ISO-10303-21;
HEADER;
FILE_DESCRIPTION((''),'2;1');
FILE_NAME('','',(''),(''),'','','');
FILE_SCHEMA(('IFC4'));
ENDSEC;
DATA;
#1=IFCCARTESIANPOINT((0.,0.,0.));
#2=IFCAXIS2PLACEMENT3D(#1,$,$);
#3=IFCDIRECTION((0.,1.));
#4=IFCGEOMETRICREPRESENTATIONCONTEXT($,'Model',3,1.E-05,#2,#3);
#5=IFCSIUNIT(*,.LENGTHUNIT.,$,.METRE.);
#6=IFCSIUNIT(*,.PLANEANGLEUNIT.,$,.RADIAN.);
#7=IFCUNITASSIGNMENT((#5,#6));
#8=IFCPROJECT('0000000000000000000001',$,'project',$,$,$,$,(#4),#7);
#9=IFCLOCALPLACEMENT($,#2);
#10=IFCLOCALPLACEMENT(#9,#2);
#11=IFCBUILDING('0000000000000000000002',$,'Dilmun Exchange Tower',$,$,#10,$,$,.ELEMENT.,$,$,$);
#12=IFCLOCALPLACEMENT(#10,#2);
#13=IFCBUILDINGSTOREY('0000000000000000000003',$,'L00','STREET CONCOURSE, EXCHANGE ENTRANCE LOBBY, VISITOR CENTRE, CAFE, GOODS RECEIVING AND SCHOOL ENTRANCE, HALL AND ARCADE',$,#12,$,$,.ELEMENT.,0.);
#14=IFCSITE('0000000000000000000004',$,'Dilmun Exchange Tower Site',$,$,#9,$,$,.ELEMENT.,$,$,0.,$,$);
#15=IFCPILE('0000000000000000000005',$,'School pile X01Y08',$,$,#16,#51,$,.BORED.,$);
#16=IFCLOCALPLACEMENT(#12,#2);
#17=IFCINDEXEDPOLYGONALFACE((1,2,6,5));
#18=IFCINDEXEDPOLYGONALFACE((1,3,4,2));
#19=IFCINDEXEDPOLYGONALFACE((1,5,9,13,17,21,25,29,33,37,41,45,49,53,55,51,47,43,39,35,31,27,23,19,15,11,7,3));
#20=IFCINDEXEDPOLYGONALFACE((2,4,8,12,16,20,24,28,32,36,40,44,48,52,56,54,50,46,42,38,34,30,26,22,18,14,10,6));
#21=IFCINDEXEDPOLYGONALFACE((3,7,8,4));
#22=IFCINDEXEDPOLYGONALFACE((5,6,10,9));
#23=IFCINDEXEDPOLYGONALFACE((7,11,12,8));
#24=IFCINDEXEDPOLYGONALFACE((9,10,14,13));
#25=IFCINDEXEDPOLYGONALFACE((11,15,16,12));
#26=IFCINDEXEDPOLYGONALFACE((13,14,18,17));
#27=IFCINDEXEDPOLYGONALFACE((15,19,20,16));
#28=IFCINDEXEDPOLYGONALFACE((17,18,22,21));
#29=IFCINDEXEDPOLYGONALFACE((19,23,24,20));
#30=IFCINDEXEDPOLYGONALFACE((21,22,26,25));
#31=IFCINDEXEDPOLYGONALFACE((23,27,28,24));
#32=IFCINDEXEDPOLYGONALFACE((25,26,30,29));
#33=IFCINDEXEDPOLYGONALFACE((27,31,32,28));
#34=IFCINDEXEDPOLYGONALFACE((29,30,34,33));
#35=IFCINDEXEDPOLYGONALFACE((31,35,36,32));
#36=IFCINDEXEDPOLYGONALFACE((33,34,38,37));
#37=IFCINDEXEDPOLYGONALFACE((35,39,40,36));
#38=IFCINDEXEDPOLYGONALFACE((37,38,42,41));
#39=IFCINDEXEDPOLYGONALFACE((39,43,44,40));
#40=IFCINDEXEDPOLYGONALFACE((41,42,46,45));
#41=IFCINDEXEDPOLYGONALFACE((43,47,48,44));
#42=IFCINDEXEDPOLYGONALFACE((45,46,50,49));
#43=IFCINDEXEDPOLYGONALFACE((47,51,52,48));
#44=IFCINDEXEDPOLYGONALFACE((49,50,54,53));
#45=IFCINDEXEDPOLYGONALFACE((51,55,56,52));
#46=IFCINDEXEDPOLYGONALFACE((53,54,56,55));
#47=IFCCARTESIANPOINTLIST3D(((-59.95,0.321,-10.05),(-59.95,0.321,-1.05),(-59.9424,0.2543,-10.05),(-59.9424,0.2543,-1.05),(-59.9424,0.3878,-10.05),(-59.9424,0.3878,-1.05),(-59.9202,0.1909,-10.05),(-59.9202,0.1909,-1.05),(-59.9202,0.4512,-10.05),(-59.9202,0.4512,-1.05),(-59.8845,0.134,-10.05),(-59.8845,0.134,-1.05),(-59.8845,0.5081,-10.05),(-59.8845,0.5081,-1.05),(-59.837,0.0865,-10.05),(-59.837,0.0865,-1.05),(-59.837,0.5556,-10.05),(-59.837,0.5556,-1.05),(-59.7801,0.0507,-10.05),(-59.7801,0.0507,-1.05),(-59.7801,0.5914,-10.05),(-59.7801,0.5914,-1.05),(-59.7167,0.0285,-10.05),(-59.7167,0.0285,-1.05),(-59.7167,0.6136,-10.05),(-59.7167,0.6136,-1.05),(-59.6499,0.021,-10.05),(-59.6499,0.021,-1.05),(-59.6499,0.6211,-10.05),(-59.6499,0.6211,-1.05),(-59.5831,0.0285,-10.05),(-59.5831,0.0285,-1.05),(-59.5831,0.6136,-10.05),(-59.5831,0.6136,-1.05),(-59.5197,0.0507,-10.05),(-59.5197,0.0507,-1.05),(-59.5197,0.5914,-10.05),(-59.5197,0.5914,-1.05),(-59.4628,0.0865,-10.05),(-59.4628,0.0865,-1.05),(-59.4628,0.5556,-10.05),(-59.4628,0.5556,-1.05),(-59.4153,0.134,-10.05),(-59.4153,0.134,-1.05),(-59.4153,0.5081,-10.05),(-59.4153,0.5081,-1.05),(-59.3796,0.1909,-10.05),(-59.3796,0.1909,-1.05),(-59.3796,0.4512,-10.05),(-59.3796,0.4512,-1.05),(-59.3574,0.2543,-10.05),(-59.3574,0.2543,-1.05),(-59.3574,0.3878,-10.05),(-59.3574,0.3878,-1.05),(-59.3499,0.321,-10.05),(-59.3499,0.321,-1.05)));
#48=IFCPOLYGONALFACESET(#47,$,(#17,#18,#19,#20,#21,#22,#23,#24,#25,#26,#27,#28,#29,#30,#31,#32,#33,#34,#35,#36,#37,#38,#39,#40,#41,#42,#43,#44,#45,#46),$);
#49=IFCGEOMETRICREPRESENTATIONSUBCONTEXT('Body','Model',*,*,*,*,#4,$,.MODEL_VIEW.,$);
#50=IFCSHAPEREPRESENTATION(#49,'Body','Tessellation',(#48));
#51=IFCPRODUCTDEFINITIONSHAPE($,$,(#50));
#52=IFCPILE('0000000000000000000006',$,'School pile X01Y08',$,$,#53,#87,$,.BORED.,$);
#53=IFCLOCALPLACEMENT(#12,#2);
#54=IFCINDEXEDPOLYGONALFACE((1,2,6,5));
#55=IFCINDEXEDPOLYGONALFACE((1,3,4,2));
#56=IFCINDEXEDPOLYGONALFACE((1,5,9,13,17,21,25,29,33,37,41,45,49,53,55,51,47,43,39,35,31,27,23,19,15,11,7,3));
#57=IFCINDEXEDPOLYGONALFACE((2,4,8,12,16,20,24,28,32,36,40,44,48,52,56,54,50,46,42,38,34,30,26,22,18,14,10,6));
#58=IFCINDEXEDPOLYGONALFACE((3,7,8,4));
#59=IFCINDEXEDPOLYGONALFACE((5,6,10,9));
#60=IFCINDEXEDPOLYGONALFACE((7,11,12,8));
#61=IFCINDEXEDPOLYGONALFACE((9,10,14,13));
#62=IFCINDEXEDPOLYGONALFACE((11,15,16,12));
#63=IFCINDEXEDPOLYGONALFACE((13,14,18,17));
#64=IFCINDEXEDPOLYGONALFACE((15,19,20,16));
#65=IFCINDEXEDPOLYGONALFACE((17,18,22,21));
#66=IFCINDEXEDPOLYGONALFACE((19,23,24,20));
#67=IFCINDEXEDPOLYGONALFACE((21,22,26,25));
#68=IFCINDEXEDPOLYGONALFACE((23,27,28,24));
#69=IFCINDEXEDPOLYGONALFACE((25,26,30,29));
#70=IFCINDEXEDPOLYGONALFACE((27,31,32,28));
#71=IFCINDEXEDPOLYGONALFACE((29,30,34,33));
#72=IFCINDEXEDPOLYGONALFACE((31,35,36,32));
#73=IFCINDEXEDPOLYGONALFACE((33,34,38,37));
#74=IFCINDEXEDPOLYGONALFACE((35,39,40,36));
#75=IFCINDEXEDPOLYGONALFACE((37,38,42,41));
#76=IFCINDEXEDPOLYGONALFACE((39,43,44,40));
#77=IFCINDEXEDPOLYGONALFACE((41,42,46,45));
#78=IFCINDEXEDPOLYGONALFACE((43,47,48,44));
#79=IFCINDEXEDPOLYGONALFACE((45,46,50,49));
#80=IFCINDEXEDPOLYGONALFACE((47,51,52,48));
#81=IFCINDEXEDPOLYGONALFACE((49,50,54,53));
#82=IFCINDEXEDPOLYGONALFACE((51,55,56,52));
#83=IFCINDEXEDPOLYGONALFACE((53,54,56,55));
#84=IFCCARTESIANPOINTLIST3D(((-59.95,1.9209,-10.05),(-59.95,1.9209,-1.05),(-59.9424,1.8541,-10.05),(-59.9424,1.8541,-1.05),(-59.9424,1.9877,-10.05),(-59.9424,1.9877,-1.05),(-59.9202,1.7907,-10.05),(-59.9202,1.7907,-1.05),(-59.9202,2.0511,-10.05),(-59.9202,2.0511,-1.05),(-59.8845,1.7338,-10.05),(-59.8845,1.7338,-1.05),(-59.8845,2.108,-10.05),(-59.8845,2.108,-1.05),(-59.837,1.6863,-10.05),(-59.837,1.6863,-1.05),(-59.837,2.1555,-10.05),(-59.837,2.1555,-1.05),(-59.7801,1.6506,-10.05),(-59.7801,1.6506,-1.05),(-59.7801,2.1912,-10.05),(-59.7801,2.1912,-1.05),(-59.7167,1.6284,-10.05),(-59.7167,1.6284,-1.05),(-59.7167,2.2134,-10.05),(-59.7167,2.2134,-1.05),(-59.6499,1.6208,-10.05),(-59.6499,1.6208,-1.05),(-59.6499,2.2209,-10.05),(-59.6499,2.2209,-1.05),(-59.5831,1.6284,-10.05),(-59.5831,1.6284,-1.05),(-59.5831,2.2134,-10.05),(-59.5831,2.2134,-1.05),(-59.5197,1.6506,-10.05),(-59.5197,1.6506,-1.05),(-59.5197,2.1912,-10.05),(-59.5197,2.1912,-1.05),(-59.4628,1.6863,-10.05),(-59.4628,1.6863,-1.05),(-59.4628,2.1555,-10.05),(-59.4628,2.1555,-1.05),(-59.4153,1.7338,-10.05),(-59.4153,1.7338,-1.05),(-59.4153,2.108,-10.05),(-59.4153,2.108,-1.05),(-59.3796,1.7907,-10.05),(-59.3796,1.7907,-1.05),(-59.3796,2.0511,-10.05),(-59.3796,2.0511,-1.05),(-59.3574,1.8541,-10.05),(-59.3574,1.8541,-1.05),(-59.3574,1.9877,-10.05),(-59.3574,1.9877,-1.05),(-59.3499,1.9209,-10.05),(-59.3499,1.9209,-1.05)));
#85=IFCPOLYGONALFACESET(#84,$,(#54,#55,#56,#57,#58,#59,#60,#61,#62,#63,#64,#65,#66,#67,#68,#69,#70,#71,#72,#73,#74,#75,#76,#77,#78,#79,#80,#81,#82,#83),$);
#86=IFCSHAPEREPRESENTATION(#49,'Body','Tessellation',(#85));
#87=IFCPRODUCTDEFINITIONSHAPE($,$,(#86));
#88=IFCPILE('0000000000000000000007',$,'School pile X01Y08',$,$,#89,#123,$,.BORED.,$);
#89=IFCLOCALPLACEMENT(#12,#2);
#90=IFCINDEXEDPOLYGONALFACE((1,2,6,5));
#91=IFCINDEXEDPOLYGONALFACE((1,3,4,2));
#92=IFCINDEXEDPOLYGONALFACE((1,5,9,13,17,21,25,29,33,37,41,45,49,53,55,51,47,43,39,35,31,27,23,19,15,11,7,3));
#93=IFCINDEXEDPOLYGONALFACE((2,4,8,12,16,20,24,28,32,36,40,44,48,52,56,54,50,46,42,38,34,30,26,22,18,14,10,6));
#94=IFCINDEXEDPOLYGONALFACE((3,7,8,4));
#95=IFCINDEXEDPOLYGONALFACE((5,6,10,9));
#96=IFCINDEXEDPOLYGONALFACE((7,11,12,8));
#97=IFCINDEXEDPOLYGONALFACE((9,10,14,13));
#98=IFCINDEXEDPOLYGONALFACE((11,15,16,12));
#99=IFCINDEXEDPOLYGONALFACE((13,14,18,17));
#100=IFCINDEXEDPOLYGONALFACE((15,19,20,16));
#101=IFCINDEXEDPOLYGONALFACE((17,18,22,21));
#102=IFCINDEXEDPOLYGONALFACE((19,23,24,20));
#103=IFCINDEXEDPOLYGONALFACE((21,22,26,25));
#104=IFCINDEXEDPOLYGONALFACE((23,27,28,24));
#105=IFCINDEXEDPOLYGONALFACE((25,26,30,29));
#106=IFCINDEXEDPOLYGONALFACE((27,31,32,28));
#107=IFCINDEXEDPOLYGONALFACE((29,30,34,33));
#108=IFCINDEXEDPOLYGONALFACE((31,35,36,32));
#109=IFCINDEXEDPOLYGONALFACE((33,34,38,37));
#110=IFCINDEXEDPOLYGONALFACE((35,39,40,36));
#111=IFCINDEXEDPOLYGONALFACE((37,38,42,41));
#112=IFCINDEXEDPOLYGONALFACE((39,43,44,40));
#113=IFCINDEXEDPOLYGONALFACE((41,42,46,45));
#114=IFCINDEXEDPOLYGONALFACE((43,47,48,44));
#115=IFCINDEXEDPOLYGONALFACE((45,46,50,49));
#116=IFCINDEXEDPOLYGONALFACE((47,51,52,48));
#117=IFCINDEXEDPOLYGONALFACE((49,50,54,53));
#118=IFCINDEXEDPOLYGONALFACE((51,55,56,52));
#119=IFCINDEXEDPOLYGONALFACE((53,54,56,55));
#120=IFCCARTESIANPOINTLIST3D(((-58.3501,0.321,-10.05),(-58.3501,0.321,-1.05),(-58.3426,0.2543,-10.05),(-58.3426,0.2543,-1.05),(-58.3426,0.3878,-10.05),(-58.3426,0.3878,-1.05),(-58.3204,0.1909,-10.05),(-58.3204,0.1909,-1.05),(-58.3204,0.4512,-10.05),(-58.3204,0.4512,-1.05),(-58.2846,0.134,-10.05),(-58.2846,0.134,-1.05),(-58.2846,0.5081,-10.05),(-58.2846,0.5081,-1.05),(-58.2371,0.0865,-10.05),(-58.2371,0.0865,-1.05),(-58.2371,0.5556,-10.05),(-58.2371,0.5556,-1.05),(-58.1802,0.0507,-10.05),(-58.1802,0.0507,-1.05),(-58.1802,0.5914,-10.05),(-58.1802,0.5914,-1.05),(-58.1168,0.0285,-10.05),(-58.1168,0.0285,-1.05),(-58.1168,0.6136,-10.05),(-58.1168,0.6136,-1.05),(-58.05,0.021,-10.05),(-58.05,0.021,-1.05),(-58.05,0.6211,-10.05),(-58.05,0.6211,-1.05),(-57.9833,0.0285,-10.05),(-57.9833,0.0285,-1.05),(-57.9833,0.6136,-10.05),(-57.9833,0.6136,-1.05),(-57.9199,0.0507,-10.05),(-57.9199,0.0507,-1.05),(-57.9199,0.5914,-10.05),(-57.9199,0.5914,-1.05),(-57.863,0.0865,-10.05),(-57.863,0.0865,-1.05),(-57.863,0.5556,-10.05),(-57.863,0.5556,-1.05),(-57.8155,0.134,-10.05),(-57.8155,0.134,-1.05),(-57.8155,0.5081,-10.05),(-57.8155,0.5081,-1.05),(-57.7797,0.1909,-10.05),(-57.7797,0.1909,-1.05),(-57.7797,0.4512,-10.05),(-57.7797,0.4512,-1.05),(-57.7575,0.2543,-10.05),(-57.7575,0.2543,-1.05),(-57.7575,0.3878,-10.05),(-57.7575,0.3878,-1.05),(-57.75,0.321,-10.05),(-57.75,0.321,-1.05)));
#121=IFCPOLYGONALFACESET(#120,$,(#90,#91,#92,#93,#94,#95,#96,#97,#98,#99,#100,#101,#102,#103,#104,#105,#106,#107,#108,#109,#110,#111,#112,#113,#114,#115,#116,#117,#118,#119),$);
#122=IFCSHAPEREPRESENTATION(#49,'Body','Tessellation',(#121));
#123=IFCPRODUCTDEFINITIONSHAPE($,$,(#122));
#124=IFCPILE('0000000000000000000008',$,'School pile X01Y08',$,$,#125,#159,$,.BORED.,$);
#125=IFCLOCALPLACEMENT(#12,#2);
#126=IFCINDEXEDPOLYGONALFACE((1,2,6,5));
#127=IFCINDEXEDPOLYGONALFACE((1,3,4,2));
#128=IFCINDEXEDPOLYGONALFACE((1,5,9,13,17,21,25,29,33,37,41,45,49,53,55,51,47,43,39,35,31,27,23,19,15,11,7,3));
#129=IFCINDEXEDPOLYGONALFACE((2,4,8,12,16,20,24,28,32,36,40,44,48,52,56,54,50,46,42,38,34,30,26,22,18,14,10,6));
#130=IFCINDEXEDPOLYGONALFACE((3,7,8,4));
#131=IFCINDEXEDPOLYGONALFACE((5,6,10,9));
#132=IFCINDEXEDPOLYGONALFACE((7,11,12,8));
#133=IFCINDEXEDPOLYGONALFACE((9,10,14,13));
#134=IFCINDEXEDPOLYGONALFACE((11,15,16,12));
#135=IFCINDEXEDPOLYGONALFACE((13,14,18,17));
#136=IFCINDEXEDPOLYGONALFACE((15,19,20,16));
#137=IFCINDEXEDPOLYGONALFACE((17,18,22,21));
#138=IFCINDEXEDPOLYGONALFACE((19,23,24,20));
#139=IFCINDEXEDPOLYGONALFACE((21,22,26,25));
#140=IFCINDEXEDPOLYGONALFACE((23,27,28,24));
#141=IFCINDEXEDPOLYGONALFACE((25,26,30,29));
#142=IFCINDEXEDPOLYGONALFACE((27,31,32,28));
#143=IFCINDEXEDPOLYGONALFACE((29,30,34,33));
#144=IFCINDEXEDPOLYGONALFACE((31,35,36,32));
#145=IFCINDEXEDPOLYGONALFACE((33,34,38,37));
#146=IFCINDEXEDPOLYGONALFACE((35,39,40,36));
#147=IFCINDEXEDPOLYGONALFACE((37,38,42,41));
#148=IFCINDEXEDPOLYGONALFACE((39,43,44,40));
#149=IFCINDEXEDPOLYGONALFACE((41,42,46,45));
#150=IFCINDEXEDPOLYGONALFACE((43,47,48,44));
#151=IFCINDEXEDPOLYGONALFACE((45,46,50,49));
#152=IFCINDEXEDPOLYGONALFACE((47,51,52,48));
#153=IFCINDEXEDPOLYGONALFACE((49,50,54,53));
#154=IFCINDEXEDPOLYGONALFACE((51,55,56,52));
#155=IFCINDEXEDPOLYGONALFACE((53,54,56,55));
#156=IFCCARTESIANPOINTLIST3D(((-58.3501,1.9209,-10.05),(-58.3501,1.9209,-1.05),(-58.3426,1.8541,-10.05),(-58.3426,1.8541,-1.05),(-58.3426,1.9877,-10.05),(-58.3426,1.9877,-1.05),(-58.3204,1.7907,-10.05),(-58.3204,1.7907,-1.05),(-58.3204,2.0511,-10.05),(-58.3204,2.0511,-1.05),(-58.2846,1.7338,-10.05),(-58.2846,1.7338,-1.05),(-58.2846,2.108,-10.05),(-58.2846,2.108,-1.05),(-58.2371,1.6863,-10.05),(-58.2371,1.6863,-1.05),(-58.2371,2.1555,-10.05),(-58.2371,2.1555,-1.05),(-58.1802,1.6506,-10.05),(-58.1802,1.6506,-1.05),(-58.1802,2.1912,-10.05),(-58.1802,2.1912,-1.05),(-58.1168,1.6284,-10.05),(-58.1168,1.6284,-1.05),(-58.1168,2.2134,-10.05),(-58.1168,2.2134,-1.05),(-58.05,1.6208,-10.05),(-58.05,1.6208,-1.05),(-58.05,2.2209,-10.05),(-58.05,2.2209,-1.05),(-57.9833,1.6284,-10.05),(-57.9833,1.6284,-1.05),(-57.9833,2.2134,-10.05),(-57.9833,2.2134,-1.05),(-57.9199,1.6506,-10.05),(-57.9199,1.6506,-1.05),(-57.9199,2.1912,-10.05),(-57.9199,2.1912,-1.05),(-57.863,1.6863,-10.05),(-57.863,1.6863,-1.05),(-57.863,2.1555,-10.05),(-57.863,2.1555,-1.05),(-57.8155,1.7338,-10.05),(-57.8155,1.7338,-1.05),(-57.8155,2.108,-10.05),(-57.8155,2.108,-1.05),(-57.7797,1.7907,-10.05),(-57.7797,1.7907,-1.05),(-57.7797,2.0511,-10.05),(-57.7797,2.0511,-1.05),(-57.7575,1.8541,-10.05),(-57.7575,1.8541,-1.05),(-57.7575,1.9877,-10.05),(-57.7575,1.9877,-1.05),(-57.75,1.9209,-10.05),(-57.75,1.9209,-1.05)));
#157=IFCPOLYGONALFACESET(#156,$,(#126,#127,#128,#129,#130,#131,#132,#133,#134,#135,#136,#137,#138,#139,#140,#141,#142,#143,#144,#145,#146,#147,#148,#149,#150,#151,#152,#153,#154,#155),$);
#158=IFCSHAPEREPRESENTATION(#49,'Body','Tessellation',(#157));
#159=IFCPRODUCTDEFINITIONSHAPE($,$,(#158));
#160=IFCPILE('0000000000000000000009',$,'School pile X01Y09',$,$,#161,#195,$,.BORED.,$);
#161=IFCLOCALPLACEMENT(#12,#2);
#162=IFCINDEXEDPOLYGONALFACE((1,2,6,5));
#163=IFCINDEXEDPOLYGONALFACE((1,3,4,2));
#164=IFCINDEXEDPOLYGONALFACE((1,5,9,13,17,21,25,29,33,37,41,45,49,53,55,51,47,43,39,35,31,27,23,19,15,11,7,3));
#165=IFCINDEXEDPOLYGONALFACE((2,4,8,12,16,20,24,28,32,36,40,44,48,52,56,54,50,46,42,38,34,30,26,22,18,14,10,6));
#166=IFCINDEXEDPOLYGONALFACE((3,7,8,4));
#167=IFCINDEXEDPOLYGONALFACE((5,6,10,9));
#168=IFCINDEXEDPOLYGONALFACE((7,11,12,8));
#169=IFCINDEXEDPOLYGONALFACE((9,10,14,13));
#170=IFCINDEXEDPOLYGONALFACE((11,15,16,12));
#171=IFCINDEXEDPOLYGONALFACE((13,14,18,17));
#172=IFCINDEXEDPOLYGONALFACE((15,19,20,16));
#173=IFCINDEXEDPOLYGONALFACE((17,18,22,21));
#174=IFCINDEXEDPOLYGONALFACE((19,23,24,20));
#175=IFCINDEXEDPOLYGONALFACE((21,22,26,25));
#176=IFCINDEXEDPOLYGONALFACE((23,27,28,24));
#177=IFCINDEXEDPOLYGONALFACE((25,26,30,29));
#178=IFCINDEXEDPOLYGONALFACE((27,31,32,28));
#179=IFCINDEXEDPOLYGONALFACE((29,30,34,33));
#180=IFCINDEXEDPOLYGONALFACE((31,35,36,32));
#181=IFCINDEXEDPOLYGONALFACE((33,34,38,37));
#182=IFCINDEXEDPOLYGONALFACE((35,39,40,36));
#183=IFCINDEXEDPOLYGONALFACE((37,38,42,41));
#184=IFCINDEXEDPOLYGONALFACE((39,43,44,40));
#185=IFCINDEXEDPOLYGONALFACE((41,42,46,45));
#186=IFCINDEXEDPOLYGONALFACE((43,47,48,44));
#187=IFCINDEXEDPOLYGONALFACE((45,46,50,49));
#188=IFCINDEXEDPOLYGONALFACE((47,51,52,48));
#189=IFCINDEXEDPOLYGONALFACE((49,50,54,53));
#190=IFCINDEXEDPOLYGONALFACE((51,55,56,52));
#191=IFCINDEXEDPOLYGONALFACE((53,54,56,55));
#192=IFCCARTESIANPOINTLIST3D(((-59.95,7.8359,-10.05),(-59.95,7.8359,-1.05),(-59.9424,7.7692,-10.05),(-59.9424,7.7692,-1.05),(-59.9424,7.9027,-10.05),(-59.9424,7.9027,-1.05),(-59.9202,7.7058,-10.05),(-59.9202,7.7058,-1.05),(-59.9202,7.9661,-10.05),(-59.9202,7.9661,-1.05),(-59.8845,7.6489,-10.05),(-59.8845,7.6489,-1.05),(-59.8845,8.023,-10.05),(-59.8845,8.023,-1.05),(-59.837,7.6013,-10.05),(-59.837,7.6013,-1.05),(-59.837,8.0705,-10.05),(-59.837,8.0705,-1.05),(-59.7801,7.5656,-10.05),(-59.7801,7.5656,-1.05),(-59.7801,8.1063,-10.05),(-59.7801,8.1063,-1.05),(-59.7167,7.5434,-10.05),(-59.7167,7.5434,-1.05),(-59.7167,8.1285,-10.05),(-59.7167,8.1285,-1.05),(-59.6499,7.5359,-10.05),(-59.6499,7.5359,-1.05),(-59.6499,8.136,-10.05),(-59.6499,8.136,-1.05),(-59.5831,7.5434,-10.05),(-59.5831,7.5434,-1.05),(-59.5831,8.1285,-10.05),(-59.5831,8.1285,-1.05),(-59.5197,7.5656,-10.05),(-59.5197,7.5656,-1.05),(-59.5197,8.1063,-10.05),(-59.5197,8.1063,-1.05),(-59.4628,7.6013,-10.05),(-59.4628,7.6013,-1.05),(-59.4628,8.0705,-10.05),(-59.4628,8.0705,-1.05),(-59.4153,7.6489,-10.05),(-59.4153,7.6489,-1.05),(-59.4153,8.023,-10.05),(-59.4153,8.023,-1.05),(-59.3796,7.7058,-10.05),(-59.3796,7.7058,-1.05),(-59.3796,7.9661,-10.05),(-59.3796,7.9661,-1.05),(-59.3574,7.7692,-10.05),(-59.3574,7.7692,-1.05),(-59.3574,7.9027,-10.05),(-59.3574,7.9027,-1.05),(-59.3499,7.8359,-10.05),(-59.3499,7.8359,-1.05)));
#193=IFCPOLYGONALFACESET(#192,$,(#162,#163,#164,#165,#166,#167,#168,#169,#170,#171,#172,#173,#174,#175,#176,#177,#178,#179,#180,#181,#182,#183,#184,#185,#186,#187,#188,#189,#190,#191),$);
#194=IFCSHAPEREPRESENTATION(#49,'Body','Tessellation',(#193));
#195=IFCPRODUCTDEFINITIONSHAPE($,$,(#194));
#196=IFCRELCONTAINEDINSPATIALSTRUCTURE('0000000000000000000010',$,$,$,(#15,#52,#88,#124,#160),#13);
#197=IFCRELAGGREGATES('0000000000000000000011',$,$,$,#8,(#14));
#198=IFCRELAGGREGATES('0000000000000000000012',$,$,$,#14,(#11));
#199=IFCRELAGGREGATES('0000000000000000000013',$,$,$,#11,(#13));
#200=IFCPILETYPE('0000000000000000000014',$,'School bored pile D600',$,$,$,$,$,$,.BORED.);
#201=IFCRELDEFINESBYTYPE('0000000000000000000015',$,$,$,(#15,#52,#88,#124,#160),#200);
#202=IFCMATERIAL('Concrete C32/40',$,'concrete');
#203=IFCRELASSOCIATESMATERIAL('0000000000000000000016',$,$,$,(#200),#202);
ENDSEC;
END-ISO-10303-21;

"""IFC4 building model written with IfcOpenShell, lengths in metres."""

from ifc_helpers import new_model, si_unit, direction, frame, origin, origin_2d, place, context, subcontext, project, spatial, circle, extrude, material, material_profile, profile_set, type_object, element, save


model = new_model("IFC4")

# Units and contexts
model_context = context("Model", 3, precision=1e-05, world=origin(), true_north=direction((0.0, 1.0)))
body_context = subcontext(model_context, "Body", "Model", "MODEL_VIEW")
ifc_project = project(units=[si_unit("LENGTHUNIT", "METRE"), si_unit("PLANEANGLEUNIT", "RADIAN")], contexts=[model_context])

# Site, building, storey
site_placement = place(None, origin())
site = spatial("IfcSite", under=ifc_project, at=site_placement, Name="Dilmun Exchange Tower Site", CompositionType="ELEMENT", RefElevation=0.0)
building_placement = place(site_placement, origin())
building = spatial("IfcBuilding", under=site, at=building_placement, Name="Dilmun Exchange Tower", CompositionType="ELEMENT")
storey_placement = place(building_placement, origin())
storey = spatial("IfcBuildingStorey", under=building, at=storey_placement, Name="L00", Description="STREET CONCOURSE, EXCHANGE ENTRANCE LOBBY, VISITOR CENTRE, CAFE, GOODS RECEIVING AND SCHOOL ENTRANCE, HALL AND ARCADE", CompositionType="ELEMENT", Elevation=0.0)

# Piles
ifc_material_1 = material(Name="Concrete C32/40", Category="concrete")
ifc_material_profile_1 = material_profile(ifc_material_1, circle(Radius=0.3, at=origin_2d()), Name="D600")
ifc_profile_set_1 = profile_set([ifc_material_profile_1], Name="Concrete C32/40")
pile_type = type_object("IfcPileType", Name="School bored pile D600", PredefinedType="BORED", material=ifc_profile_set_1)
for number, where, z_axis, x_axis, name in (
    (1, (-59.6499, 0.321, -1.05), (0.0, 0.0, -1.0), (1.0, 0.0, 0.0), "School pile X01Y08"),
    (2, (-59.6499, 1.9209, -1.05), (0.0, 0.0, -1.0), (1.0, 0.0, 0.0), "School pile X01Y08"),
    (3, (-58.05, 0.321, -1.05), (0.0, 0.0, -1.0), (1.0, 0.0, 0.0), "School pile X01Y08"),
    (4, (-58.05, 1.9209, -1.05), (0.0, 0.0, -1.0), (1.0, 0.0, 0.0), "School pile X01Y08"),
    (5, (-59.6499, 7.8359, -1.05), (0.0, 0.0, -1.0), (1.0, 0.0, 0.0), "School pile X01Y09"),
):
    element("IfcPile", number, at=place(storey_placement, frame(where, z_axis=z_axis, x_axis=x_axis)), inside=storey, type_object=pile_type, Name=name, PredefinedType="BORED", context=body_context, shape_type="SweptSolid", body=[
        extrude(circle(Radius=0.3, at=origin_2d()), origin(), (0.0, 0.0, 1.0), 9.0),
    ])

save(model, "model.ifc")
